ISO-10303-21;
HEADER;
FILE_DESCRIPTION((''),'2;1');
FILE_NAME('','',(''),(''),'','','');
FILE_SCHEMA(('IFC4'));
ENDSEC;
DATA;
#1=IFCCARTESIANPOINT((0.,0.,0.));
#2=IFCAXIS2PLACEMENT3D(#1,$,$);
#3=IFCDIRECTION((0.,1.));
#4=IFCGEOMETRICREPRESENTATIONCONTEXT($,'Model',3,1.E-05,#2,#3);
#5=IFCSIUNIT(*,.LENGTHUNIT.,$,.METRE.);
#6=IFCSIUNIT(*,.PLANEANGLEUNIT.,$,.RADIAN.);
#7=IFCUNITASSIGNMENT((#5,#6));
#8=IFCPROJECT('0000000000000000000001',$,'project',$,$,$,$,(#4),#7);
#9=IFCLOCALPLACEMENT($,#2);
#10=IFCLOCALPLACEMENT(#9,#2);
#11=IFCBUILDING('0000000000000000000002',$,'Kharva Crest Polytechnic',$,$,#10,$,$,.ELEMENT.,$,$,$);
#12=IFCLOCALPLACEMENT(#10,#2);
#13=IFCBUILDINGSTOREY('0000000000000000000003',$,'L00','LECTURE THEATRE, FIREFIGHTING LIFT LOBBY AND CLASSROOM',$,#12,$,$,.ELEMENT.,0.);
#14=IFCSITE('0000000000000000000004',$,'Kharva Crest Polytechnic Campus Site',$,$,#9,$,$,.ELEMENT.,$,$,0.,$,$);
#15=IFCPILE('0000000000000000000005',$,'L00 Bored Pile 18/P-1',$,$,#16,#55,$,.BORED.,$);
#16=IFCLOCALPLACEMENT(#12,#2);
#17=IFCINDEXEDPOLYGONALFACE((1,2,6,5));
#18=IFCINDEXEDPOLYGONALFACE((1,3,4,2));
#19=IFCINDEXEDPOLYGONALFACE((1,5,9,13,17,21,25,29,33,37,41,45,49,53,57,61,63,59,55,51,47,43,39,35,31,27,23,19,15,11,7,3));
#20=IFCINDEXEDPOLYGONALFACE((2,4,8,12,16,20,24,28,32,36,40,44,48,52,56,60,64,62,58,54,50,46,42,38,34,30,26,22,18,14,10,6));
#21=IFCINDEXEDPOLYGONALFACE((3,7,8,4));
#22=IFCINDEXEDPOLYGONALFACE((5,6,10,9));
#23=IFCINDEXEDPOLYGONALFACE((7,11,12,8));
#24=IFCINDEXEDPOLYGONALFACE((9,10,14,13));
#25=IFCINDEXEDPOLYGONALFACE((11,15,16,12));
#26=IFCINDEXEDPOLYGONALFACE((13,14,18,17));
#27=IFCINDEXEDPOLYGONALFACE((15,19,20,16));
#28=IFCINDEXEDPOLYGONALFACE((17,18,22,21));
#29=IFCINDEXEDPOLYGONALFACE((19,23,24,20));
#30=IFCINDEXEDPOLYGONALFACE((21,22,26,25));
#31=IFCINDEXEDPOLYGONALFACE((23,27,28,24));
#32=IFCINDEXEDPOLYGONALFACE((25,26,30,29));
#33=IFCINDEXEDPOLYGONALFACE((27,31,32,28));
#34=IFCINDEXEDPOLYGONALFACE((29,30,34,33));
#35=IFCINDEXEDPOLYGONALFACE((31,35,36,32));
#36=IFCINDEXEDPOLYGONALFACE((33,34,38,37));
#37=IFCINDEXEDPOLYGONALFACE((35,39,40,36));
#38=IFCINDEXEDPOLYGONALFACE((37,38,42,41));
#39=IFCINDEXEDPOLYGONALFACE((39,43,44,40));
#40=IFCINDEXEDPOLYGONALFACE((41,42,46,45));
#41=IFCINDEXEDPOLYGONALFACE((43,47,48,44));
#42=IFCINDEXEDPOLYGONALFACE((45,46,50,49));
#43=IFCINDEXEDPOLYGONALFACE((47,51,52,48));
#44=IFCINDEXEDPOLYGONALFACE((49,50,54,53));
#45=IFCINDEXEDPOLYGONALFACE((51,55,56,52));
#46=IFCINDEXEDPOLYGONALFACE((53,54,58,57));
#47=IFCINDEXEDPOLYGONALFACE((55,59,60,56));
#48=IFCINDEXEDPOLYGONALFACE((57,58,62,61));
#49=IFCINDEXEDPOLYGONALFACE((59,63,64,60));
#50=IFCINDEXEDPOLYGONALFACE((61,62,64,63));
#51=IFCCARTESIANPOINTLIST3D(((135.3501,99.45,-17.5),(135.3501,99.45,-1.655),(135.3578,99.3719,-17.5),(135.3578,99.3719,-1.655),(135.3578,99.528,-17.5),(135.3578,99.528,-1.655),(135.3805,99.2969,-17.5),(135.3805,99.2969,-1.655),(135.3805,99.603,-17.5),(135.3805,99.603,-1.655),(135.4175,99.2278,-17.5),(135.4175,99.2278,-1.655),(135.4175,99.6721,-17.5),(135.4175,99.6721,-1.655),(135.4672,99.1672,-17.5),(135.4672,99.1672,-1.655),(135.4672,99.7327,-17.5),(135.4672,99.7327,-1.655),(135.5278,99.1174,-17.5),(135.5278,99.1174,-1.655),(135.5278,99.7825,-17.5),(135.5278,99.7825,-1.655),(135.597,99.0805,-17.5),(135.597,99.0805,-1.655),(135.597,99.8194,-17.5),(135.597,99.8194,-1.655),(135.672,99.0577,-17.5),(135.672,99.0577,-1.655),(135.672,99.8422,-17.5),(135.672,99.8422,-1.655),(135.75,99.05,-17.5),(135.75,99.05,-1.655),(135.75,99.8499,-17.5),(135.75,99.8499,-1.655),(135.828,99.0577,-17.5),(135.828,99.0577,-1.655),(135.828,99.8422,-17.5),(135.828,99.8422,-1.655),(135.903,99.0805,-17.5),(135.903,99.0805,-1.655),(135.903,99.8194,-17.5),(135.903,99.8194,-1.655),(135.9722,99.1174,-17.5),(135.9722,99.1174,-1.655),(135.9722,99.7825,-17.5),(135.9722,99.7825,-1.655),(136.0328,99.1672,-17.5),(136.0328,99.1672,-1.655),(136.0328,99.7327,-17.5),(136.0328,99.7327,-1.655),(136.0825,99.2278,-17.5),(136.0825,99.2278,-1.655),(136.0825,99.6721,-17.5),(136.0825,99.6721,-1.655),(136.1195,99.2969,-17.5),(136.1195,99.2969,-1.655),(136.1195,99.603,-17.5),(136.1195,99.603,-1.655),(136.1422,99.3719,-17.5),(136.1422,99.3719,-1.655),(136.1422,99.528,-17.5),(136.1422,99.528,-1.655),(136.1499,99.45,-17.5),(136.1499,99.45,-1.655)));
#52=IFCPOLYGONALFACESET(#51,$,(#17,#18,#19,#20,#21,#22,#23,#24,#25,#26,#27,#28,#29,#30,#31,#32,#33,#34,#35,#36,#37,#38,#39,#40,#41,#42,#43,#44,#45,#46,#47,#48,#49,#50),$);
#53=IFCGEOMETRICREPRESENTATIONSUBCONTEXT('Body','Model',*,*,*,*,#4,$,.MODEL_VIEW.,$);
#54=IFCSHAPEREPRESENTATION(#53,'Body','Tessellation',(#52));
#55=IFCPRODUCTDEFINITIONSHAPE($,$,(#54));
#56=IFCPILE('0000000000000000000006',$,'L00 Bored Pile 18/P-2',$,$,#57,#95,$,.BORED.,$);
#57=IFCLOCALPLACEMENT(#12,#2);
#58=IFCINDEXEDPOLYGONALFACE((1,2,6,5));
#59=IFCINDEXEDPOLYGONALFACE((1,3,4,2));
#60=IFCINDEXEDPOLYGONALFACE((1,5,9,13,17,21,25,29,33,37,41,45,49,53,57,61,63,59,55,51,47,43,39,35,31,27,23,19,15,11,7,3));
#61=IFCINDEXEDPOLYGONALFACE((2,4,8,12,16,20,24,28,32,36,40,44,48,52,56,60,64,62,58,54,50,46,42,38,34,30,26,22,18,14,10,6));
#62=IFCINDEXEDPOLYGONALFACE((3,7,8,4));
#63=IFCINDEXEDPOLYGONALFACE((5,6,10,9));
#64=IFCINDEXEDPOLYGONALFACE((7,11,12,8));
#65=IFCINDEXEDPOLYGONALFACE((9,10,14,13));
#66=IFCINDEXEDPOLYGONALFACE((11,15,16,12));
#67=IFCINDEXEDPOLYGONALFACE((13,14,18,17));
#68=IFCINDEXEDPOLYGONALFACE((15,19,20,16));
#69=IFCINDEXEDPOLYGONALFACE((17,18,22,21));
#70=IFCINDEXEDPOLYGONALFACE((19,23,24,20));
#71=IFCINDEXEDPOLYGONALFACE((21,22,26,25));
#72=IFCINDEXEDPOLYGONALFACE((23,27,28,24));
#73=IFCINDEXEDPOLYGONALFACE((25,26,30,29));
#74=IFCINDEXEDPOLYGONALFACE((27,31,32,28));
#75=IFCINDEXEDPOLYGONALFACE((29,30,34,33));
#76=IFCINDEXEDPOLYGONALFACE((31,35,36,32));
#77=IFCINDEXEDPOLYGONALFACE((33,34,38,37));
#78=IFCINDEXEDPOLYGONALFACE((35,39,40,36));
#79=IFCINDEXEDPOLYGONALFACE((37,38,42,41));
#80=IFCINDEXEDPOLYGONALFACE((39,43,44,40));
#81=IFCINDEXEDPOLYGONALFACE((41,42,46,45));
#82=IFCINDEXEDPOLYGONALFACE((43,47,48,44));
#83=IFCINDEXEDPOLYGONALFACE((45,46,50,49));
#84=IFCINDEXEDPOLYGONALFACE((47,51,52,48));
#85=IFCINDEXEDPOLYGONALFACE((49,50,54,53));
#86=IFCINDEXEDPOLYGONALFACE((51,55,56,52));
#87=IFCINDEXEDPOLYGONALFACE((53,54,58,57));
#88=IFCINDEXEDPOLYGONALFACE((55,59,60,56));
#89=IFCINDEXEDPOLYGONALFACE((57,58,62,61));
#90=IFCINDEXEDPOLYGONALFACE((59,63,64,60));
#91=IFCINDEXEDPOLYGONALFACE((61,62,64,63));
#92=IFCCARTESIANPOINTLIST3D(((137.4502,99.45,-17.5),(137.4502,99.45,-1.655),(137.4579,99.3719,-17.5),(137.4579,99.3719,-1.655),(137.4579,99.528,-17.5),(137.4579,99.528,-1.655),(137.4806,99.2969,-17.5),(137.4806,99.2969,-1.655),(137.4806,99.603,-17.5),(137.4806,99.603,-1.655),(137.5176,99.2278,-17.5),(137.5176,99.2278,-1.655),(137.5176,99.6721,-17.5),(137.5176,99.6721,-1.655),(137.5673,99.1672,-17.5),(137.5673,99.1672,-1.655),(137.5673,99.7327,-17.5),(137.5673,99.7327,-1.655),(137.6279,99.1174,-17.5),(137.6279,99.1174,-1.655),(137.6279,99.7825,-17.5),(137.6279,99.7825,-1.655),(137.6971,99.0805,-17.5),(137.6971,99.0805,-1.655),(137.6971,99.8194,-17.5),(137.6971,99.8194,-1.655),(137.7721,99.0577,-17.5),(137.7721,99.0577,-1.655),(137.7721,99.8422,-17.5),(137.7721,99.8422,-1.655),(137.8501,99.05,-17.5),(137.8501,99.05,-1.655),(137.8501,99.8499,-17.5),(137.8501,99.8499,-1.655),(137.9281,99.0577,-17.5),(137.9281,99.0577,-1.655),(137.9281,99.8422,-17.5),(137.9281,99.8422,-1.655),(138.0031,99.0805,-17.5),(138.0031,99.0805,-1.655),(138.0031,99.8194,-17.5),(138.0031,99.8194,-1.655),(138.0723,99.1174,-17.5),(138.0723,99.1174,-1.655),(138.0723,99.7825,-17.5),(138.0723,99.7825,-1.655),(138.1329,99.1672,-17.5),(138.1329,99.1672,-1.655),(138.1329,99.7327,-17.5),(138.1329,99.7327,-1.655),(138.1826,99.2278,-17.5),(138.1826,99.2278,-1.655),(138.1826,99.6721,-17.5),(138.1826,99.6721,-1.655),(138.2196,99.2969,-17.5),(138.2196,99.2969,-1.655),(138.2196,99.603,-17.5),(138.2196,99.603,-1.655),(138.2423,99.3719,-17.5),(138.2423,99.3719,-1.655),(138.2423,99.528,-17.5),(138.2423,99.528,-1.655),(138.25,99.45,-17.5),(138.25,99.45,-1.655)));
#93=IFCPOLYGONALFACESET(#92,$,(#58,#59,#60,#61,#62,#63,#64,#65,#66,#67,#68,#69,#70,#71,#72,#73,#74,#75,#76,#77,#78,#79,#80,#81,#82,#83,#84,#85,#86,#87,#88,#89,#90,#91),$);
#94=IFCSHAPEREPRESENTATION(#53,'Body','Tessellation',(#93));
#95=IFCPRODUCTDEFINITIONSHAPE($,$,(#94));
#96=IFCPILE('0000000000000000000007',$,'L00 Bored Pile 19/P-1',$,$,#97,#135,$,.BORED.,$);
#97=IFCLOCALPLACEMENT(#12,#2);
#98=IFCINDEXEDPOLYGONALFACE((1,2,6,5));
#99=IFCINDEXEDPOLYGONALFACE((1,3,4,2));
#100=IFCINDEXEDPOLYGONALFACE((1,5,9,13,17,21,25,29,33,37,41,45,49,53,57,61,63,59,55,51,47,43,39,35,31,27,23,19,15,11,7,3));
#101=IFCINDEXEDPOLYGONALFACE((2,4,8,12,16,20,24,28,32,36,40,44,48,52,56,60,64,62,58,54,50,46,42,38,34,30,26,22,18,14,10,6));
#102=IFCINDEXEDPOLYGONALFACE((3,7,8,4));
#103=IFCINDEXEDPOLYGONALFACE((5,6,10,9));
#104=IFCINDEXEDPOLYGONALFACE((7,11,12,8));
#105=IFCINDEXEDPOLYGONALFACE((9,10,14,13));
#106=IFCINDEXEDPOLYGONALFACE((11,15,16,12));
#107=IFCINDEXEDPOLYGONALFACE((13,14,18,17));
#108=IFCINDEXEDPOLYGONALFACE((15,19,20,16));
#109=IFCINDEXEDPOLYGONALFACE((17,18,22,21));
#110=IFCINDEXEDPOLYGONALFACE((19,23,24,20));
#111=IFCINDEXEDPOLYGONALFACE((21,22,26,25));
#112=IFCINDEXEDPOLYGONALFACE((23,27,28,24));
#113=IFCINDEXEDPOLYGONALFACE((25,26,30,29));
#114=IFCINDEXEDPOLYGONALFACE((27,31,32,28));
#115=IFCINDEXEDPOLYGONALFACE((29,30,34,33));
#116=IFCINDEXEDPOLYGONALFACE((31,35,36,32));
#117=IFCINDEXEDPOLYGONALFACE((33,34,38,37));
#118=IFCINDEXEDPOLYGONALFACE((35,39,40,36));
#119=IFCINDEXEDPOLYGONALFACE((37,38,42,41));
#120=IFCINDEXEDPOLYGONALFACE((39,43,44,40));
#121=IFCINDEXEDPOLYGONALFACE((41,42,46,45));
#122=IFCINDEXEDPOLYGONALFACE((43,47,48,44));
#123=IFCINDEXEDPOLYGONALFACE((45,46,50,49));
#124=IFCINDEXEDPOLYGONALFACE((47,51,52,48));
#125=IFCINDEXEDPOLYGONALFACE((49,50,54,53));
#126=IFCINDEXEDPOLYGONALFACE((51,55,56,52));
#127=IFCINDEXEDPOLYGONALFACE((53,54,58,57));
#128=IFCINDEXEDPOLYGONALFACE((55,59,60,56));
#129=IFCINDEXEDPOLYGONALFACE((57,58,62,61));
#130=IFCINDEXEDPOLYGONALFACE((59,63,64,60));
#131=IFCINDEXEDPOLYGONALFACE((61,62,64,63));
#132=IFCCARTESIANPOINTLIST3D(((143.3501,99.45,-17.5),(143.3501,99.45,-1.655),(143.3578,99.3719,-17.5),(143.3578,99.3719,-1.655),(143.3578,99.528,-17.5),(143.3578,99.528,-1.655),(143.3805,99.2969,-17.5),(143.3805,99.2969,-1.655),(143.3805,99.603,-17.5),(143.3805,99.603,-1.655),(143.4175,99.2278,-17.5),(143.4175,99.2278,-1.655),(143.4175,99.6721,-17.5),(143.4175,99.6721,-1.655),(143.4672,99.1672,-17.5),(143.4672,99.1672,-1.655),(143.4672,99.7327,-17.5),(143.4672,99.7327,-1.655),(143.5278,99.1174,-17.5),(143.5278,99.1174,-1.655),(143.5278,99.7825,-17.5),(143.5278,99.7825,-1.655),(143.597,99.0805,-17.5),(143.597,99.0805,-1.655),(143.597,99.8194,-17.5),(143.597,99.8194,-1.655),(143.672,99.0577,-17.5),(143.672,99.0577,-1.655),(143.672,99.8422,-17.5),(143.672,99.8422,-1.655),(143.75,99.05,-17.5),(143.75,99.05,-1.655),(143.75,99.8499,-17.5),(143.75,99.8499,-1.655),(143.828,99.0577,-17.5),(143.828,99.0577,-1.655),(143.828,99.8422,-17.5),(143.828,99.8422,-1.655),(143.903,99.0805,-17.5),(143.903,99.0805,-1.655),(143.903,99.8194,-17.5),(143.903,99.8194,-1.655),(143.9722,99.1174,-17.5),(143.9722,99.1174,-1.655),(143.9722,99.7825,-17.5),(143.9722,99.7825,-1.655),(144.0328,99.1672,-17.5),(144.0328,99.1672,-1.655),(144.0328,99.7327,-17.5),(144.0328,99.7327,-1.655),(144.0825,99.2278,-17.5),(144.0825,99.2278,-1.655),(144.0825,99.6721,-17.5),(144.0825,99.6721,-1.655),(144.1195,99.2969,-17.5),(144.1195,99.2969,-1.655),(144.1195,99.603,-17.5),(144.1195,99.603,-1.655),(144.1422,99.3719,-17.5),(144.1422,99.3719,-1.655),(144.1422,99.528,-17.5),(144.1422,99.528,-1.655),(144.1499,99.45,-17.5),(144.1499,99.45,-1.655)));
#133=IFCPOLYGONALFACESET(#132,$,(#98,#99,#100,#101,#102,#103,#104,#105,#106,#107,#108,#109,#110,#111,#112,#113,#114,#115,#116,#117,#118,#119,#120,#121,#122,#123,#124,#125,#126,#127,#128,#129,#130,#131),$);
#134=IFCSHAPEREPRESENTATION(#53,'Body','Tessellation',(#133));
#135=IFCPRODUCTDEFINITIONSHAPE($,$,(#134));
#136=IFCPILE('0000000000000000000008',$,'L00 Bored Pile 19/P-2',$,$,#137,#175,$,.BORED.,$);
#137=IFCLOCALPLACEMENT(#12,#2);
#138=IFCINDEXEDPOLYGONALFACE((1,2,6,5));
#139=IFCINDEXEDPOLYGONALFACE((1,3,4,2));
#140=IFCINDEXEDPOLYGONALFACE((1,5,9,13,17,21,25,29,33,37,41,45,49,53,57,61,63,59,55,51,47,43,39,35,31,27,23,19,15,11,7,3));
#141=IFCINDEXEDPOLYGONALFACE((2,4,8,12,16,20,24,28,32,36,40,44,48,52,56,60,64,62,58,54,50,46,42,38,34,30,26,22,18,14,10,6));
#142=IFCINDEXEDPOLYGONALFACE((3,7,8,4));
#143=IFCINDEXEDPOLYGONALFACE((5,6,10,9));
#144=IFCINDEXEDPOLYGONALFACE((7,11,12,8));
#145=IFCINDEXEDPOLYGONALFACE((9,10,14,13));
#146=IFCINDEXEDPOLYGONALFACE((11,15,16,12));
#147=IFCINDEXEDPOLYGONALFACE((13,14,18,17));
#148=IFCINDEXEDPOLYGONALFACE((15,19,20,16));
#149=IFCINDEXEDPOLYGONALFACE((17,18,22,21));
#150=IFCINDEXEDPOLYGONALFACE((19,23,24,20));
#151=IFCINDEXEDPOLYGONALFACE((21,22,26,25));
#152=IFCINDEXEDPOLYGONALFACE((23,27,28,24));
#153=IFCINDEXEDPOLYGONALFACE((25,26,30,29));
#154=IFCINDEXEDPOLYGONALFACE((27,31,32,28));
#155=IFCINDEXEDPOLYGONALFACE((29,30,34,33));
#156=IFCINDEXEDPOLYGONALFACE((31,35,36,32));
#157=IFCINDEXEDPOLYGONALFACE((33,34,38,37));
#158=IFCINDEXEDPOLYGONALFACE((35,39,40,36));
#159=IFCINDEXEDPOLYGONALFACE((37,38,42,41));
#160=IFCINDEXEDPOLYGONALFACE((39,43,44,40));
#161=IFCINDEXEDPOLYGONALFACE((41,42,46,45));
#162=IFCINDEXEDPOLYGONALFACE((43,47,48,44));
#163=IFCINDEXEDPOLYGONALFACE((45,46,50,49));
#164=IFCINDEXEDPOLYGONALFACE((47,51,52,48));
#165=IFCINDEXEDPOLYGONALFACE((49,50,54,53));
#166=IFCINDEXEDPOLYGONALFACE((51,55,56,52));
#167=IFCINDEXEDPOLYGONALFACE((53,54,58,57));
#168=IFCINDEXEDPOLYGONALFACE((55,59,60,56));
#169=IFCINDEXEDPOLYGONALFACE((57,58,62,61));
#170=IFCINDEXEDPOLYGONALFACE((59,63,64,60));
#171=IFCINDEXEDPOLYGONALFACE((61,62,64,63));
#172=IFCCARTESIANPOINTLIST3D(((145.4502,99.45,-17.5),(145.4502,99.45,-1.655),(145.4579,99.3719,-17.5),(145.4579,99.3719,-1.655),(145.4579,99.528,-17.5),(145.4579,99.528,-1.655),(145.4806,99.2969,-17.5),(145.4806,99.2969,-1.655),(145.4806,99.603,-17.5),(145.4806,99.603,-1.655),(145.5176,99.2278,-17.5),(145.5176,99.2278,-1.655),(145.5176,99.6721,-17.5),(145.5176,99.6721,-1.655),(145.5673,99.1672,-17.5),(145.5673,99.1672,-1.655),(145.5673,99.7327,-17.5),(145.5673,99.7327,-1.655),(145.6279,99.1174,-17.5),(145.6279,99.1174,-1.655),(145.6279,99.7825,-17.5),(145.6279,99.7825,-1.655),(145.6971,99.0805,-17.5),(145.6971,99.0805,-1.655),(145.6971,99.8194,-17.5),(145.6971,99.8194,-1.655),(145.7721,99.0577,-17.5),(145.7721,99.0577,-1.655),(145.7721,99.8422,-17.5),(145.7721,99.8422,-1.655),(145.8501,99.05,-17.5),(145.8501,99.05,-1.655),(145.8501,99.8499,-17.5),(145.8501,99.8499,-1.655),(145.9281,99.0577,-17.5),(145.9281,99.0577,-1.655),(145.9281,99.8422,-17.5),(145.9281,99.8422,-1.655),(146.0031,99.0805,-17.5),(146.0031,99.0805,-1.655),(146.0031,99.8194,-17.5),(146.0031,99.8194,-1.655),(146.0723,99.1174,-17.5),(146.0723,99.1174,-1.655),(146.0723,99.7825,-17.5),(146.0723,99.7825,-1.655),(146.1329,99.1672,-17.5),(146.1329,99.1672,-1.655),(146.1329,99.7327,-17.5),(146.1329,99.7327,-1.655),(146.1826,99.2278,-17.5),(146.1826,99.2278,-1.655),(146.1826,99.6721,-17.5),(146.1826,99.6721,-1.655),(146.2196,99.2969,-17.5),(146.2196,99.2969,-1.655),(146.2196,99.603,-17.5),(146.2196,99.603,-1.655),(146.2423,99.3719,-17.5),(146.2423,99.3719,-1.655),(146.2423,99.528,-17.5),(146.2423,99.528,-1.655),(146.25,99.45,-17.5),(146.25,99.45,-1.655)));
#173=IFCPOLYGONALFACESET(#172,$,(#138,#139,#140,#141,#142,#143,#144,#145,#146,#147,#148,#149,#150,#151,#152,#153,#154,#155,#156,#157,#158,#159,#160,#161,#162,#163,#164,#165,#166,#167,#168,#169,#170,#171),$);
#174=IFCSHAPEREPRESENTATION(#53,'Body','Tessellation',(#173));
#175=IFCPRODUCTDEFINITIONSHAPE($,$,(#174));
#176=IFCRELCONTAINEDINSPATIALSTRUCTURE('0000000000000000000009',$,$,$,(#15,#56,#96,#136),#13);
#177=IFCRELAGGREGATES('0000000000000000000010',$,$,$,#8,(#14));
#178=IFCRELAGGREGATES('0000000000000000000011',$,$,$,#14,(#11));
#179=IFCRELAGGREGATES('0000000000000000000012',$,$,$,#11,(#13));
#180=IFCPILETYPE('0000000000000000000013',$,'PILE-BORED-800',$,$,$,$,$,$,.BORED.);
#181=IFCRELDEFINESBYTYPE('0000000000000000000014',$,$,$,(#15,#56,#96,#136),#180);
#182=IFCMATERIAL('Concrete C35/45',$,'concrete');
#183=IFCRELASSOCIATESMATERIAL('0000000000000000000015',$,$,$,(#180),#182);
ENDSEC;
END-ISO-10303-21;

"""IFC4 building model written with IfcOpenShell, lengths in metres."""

from ifc_helpers import new_model, si_unit, direction, frame, origin, origin_2d, place, context, subcontext, project, spatial, circle, extrude, material, material_profile, profile_set, type_object, element, save


model = new_model("IFC4")

# Units and contexts
model_context = context("Model", 3, precision=1e-05, world=origin(), true_north=direction((0.0, 1.0)))
body_context = subcontext(model_context, "Body", "Model", "MODEL_VIEW")
ifc_project = project(units=[si_unit("LENGTHUNIT", "METRE"), si_unit("PLANEANGLEUNIT", "RADIAN")], contexts=[model_context])

# Site, building, storey
site_placement = place(None, origin())
site = spatial("IfcSite", under=ifc_project, at=site_placement, Name="Kharva Crest Polytechnic Campus Site", CompositionType="ELEMENT", RefElevation=0.0)
building_placement = place(site_placement, origin())
building = spatial("IfcBuilding", under=site, at=building_placement, Name="Kharva Crest Polytechnic", CompositionType="ELEMENT")
storey_placement = place(building_placement, origin())
storey = spatial("IfcBuildingStorey", under=building, at=storey_placement, Name="L00", Description="LECTURE THEATRE, FIREFIGHTING LIFT LOBBY AND CLASSROOM", CompositionType="ELEMENT", Elevation=0.0)

# Shared definitions
ifc_material_1 = material(Name="Concrete C35/45", Category="concrete")

# Piles
ifc_material_profile_1 = material_profile(ifc_material_1, circle(Radius=0.3999, at=origin_2d()), Name="DIA 800")
ifc_profile_set_1 = profile_set([ifc_material_profile_1], Name="Concrete C35/45")
pile_type = type_object("IfcPileType", Name="PILE-BORED-800", PredefinedType="BORED", material=ifc_profile_set_1)
for number, where, z_axis, x_axis, name in (
    (1, (135.75, 99.45, -1.655), (0.0, 0.0, -1.0), (1.0, 0.0, 0.0), "L00 Bored Pile 18/P-1"),
    (2, (137.8501, 99.45, -1.655), (0.0, 0.0, -1.0), (1.0, 0.0, 0.0), "L00 Bored Pile 18/P-2"),
    (3, (143.75, 99.45, -1.655), (0.0, 0.0, -1.0), (1.0, 0.0, 0.0), "L00 Bored Pile 19/P-1"),
    (4, (145.8501, 99.45, -1.655), (0.0, 0.0, -1.0), (1.0, 0.0, 0.0), "L00 Bored Pile 19/P-2"),
):
    element("IfcPile", number, at=place(storey_placement, frame(where, z_axis=z_axis, x_axis=x_axis)), inside=storey, type_object=pile_type, Name=name, PredefinedType="BORED", context=body_context, shape_type="SweptSolid", body=[
        extrude(circle(Radius=0.3999, at=origin_2d()), origin(), (0.0, 0.0, 1.0), 15.845),
    ])

save(model, "model.ifc")
